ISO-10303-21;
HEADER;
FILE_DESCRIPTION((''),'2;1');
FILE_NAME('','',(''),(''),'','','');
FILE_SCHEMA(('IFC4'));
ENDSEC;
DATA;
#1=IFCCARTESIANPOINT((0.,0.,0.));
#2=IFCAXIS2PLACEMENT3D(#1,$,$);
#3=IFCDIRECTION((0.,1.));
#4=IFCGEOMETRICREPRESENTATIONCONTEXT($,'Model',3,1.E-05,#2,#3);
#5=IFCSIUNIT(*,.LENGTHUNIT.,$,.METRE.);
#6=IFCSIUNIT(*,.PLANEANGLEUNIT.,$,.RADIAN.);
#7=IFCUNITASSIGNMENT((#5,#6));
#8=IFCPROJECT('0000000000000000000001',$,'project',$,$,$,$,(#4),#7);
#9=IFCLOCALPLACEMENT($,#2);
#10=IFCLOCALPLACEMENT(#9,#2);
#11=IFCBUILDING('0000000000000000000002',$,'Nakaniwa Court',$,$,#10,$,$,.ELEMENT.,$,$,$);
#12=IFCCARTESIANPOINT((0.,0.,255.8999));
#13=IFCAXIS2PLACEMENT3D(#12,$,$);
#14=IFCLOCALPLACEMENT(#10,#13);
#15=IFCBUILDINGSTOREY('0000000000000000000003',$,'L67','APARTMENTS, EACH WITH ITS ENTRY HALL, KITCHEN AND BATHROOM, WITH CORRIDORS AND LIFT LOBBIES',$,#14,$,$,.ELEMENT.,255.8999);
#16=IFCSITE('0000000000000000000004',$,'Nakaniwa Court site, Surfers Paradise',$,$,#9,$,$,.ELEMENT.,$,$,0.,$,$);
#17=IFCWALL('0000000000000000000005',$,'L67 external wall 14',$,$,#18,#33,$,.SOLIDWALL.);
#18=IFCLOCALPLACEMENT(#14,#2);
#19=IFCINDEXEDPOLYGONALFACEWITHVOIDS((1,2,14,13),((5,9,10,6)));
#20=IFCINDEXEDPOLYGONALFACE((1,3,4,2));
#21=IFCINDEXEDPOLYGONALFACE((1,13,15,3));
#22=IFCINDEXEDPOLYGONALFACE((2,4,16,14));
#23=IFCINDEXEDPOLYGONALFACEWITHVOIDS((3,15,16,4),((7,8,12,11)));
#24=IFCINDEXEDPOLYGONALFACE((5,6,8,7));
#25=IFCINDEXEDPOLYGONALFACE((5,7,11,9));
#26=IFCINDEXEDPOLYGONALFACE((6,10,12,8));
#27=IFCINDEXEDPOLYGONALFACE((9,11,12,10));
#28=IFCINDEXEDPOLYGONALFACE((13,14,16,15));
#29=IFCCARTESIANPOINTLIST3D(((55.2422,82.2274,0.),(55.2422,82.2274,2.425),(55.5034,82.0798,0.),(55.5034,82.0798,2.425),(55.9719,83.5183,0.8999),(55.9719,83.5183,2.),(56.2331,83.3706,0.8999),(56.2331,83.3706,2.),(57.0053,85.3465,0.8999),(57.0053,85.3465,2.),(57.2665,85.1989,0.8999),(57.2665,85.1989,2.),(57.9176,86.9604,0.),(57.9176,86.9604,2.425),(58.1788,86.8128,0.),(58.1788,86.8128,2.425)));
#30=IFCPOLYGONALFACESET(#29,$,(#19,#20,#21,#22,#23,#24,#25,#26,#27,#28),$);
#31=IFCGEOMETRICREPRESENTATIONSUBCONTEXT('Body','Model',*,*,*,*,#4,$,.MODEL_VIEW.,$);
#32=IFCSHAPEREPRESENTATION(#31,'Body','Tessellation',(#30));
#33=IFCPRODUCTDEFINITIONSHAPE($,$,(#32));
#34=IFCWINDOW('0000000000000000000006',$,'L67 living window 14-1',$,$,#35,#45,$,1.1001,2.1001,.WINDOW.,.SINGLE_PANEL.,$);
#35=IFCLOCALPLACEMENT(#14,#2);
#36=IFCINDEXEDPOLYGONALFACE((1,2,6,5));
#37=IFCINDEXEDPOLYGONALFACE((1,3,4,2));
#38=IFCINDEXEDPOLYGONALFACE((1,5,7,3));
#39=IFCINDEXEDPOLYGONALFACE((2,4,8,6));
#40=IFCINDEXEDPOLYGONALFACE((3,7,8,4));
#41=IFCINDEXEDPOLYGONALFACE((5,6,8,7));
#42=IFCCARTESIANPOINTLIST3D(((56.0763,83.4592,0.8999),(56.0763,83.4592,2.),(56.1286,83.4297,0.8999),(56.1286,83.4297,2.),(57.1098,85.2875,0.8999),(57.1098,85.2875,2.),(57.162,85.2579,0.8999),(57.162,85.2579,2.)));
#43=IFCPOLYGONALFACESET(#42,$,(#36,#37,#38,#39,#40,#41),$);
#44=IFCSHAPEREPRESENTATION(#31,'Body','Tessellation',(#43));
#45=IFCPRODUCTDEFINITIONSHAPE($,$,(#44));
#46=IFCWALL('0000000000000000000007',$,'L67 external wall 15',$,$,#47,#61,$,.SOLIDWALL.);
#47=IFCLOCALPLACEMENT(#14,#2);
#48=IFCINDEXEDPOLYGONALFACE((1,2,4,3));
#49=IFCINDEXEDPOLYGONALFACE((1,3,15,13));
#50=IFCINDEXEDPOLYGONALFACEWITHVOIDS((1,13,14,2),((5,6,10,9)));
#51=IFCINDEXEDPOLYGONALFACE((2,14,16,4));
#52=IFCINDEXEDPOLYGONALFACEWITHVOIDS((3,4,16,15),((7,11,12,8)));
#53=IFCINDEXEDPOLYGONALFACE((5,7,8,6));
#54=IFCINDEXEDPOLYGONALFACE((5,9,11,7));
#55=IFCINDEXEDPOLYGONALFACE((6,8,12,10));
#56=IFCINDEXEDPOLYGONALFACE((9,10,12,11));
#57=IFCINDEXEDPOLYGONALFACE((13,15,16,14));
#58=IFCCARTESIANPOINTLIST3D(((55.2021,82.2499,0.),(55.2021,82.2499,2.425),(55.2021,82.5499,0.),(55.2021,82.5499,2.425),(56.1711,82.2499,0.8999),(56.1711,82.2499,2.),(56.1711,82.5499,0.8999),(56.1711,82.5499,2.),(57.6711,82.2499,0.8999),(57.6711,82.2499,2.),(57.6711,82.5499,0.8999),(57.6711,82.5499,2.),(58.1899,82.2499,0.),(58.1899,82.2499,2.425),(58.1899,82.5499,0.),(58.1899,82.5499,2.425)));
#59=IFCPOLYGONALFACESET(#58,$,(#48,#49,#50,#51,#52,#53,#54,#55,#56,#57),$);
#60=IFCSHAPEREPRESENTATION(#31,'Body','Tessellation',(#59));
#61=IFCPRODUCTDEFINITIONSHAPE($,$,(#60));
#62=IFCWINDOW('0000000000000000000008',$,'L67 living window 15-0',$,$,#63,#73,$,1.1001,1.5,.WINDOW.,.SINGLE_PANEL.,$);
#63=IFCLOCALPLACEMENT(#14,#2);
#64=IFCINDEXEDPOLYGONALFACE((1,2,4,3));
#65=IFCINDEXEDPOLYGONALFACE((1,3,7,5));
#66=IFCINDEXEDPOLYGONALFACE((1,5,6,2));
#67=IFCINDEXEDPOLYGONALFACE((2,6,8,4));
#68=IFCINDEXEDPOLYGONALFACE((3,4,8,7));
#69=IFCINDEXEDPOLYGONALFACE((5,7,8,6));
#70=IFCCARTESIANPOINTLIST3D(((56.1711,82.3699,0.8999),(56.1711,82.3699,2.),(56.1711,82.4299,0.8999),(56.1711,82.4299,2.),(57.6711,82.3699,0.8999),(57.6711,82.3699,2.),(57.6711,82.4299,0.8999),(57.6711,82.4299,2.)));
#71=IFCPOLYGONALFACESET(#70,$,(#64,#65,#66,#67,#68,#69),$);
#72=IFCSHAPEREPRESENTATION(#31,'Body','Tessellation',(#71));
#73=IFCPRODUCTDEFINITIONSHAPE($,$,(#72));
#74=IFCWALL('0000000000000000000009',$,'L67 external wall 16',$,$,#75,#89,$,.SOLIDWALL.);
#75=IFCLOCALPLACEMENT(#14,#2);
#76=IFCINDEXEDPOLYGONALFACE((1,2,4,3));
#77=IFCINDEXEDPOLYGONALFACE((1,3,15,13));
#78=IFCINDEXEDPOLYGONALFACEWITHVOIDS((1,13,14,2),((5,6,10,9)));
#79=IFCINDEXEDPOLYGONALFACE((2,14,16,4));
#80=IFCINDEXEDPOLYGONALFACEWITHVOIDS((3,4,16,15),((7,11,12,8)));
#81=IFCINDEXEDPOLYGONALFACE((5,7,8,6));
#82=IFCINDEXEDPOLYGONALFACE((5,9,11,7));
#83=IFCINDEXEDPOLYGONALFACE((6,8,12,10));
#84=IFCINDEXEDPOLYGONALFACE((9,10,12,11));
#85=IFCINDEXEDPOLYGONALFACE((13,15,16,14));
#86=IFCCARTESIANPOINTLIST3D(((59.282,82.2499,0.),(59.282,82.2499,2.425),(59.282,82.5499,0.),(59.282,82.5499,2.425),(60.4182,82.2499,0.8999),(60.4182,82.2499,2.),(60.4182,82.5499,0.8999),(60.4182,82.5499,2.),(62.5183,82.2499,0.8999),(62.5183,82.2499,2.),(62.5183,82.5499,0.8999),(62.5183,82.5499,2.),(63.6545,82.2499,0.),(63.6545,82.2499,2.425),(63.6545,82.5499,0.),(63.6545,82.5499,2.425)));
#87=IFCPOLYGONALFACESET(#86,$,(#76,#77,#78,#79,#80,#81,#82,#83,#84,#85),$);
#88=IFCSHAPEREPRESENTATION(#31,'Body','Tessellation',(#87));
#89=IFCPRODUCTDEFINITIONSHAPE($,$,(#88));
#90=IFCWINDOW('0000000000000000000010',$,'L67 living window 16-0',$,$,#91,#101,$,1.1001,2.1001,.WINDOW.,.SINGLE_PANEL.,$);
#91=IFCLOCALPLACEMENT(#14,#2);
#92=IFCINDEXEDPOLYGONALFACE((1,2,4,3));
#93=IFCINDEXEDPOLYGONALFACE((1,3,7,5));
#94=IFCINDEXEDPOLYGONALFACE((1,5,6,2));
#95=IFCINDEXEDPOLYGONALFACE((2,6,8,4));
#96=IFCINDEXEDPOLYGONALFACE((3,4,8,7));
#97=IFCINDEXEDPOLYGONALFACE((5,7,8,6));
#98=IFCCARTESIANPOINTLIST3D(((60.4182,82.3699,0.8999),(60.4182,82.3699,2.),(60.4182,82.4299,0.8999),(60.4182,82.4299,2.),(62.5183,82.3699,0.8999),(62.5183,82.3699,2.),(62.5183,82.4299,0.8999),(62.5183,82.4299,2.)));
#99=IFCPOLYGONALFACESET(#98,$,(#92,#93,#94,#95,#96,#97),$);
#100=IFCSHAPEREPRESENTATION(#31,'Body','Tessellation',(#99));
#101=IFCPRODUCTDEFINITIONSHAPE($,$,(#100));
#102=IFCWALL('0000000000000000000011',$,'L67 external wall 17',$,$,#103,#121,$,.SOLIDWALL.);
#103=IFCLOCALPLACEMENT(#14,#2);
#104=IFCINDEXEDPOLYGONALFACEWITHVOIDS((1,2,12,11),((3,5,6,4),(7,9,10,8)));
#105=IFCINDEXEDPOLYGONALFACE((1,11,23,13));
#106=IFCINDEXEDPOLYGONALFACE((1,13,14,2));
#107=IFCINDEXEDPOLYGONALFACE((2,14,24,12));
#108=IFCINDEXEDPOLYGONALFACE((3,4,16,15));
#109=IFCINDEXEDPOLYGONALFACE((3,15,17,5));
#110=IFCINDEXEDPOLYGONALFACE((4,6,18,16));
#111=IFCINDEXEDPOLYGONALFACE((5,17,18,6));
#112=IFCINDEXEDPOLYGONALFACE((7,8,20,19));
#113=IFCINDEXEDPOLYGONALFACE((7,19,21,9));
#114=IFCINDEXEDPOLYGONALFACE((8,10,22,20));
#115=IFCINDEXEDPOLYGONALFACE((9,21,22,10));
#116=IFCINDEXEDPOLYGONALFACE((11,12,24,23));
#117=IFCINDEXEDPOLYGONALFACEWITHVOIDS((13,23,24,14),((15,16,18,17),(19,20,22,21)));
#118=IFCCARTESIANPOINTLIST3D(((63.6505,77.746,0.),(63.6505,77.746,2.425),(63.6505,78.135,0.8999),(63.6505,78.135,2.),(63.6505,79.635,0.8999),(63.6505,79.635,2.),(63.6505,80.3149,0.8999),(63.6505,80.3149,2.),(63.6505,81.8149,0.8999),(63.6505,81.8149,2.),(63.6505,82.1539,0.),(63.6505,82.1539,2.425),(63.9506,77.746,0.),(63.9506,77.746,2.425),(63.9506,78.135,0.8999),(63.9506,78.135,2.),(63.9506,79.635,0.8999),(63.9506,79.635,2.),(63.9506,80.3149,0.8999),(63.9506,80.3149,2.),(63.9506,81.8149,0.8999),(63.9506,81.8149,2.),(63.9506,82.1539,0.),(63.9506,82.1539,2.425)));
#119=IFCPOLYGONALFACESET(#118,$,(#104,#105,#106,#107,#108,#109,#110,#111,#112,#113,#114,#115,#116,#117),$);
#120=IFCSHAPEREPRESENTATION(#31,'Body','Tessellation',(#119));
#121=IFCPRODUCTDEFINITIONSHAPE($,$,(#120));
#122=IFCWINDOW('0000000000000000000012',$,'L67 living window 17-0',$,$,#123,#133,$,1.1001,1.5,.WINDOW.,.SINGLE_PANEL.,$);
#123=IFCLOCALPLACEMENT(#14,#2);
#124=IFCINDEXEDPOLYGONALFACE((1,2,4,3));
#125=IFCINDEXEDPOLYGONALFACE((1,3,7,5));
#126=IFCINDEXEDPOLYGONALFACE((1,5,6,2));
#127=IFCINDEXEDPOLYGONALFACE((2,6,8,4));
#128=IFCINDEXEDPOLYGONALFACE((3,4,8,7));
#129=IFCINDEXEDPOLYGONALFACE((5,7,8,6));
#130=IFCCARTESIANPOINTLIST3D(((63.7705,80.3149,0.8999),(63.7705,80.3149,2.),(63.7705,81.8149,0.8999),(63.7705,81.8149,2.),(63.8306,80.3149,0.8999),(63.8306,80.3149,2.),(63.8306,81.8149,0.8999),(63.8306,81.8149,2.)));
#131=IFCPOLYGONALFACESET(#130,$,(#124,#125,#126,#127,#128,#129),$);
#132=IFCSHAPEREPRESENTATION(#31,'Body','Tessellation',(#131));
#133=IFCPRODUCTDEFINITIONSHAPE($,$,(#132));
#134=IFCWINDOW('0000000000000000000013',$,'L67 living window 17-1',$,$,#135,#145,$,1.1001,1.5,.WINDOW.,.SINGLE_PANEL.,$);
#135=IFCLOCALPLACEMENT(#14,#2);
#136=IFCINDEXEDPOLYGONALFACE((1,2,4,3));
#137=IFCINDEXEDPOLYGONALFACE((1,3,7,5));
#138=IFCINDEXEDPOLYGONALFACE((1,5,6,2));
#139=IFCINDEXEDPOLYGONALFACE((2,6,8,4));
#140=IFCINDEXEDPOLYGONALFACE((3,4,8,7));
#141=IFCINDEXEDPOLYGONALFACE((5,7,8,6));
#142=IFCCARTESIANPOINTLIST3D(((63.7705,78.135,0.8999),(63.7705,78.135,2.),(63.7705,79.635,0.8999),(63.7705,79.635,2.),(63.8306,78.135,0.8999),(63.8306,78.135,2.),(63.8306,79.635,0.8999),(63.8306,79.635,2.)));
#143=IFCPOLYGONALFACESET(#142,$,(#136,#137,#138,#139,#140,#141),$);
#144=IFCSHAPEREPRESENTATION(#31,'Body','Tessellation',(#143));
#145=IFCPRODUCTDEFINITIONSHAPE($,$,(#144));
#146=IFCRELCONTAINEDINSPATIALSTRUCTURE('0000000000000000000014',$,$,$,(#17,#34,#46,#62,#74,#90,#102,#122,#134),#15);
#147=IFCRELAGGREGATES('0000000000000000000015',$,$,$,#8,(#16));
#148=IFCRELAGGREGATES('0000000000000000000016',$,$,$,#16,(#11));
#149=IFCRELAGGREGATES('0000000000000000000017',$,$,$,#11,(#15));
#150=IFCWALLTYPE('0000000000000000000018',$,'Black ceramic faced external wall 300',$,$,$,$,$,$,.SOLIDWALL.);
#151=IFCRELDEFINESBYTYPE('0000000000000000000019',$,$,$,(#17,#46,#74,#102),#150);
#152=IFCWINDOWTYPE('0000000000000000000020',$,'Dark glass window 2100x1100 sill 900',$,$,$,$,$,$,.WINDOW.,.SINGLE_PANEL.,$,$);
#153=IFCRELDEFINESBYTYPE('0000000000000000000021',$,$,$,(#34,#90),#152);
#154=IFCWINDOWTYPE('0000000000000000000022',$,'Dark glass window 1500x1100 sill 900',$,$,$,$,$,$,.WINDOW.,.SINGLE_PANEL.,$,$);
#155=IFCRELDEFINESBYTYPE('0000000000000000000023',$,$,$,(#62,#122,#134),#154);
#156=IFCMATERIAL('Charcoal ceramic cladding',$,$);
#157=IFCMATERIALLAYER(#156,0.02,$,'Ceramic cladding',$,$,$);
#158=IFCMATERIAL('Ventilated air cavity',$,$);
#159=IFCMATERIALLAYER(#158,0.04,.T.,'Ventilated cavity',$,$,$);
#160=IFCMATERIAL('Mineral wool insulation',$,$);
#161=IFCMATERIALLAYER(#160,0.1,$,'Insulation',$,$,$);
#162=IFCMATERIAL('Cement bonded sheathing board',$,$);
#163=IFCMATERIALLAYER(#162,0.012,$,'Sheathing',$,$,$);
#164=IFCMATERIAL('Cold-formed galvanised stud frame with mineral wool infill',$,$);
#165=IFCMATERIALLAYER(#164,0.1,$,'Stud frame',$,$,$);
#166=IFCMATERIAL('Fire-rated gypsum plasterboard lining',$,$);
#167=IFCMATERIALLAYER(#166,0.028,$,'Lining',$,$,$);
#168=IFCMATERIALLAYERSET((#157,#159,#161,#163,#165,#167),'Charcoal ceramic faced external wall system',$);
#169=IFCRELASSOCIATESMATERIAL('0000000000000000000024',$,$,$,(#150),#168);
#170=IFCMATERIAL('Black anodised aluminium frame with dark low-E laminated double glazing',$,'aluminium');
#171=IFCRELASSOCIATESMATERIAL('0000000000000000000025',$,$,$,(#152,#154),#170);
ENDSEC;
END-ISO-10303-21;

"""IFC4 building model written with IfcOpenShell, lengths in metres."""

from ifc_helpers import new_model, si_unit, direction, frame, frame_2d, origin, place, context, subcontext, project, spatial, rectangle, extrude, material, layer, layer_set, type_object, element, fill, save


model = new_model("IFC4")

# Units and contexts
model_context = context("Model", 3, precision=1e-05, world=origin(), true_north=direction((0.0, 1.0)))
body_context = subcontext(model_context, "Body", "Model", "MODEL_VIEW")
ifc_project = project(units=[si_unit("LENGTHUNIT", "METRE"), si_unit("PLANEANGLEUNIT", "RADIAN")], contexts=[model_context])

# Site, building, storey
site_placement = place(None, origin())
site = spatial("IfcSite", under=ifc_project, at=site_placement, Name="Nakaniwa Court site, Surfers Paradise", CompositionType="ELEMENT", RefElevation=0.0)
building_placement = place(site_placement, origin())
building = spatial("IfcBuilding", under=site, at=building_placement, Name="Nakaniwa Court", CompositionType="ELEMENT")
storey_placement = place(building_placement, frame((0.0, 0.0, 255.8999)))
storey = spatial("IfcBuildingStorey", under=building, at=storey_placement, Name="L67", Description="APARTMENTS, EACH WITH ITS ENTRY HALL, KITCHEN AND BATHROOM, WITH CORRIDORS AND LIFT LOBBIES", CompositionType="ELEMENT", Elevation=255.8999)

# Walls, openings, windows
ifc_material_1 = material(Name="Charcoal ceramic cladding")
ifc_layer_1 = layer(ifc_material_1, 0.02, Name="Ceramic cladding")
ifc_material_2 = material(Name="Ventilated air cavity")
ifc_layer_2 = layer(ifc_material_2, 0.04, ventilated=True, Name="Ventilated cavity")
ifc_material_3 = material(Name="Mineral wool insulation")
ifc_layer_3 = layer(ifc_material_3, 0.1, Name="Insulation")
ifc_material_4 = material(Name="Cement bonded sheathing board")
ifc_layer_4 = layer(ifc_material_4, 0.012, Name="Sheathing")
ifc_material_5 = material(Name="Cold-formed galvanised stud frame with mineral wool infill")
ifc_layer_5 = layer(ifc_material_5, 0.1, Name="Stud frame")
ifc_material_6 = material(Name="Fire-rated gypsum plasterboard lining")
ifc_layer_6 = layer(ifc_material_6, 0.028, Name="Lining")
ifc_layer_set_1 = layer_set([ifc_layer_1, ifc_layer_2, ifc_layer_3, ifc_layer_4, ifc_layer_5, ifc_layer_6], Name="Charcoal ceramic faced external wall system")
wall_type_1 = type_object("IfcWallType", Name="Black ceramic faced external wall 300", PredefinedType="SOLIDWALL", material=ifc_layer_set_1)
wall_1_placement = place(storey_placement, frame((58.0481, 86.8865, 0.0), z_axis=(0.0, 0.0, 1.0), x_axis=(-0.492081, -0.870549, 0.0)))
wall_1 = element("IfcWall", 1, at=wall_1_placement, inside=storey, type_object=wall_type_1, Name="L67 external wall 14", PredefinedType="SOLIDWALL", context=body_context, shape_type="SweptSolid", body=[
    extrude(rectangle(XDim=5.4368, YDim=0.3, at=frame_2d((2.7183, 0.0))), origin(), (0.0, 0.0, 1.0), 2.425),
])
opening_1_placement = place(wall_1_placement, frame((1.8538, 0.0, 0.8999)))
opening_1 = element("IfcOpeningElement", 2, at=opening_1_placement, cuts=wall_1, PredefinedType="OPENING", context=body_context, shape_type="SweptSolid", body=[
    extrude(rectangle(XDim=2.1001, YDim=1.1001, at=frame_2d((1.05, 0.55))), frame((0.0, 0.1599, 0.0), z_axis=(0.0, -1.0, 0.0), x_axis=(1.0, 0.0, 0.0)), (0.0, 0.0, 1.0), 0.3201),
])
ifc_material_7 = material(Name="Black anodised aluminium frame with dark low-E laminated double glazing", Category="aluminium")
window_type_1 = type_object("IfcWindowType", Name="Dark glass window 2100x1100 sill 900", PartitioningType="SINGLE_PANEL", PredefinedType="WINDOW", material=ifc_material_7)
window_1_placement = place(opening_1_placement, origin())
window_1 = element("IfcWindow", 3, at=window_1_placement, inside=storey, type_object=window_type_1, Name="L67 living window 14-1", OverallHeight=1.1001, OverallWidth=2.1001, PartitioningType="SINGLE_PANEL", PredefinedType="WINDOW", context=body_context, shape_type="SweptSolid", body=[
    extrude(rectangle(XDim=2.1001, YDim=1.1001, at=frame_2d((1.05, 0.55))), frame((0.0, 0.03, 0.0), z_axis=(0.0, -1.0, 0.0), x_axis=(1.0, 0.0, 0.0)), (0.0, 0.0, 1.0), 0.0601),
])
fill(opening_1, window_1)
wall_2_placement = place(storey_placement, frame((55.2021, 82.3999, 0.0), z_axis=(0.0, 0.0, 1.0), x_axis=(1.0, 0.0, 0.0)))
wall_2 = element("IfcWall", 4, at=wall_2_placement, inside=storey, type_object=wall_type_1, Name="L67 external wall 15", PredefinedType="SOLIDWALL", context=body_context, shape_type="SweptSolid", body=[
    extrude(rectangle(XDim=2.9878, YDim=0.3, at=frame_2d((1.4939, 0.0))), origin(), (0.0, 0.0, 1.0), 2.425),
])
opening_2_placement = place(wall_2_placement, frame((0.969, 0.0, 0.8999)))
opening_2 = element("IfcOpeningElement", 5, at=opening_2_placement, cuts=wall_2, PredefinedType="OPENING", context=body_context, shape_type="SweptSolid", body=[
    extrude(rectangle(XDim=1.5, YDim=1.1001, at=frame_2d((0.75, 0.55))), frame((0.0, 0.1599, 0.0), z_axis=(0.0, -1.0, 0.0), x_axis=(1.0, 0.0, 0.0)), (0.0, 0.0, 1.0), 0.3201),
])
window_type_2 = type_object("IfcWindowType", Name="Dark glass window 1500x1100 sill 900", PartitioningType="SINGLE_PANEL", PredefinedType="WINDOW", material=ifc_material_7)
window_2_placement = place(opening_2_placement, origin())
window_2 = element("IfcWindow", 6, at=window_2_placement, inside=storey, type_object=window_type_2, Name="L67 living window 15-0", OverallHeight=1.1001, OverallWidth=1.5, PartitioningType="SINGLE_PANEL", PredefinedType="WINDOW", context=body_context, shape_type="SweptSolid", body=[
    extrude(rectangle(XDim=1.5, YDim=1.1001, at=frame_2d((0.75, 0.55))), frame((0.0, 0.03, 0.0), z_axis=(0.0, -1.0, 0.0), x_axis=(1.0, 0.0, 0.0)), (0.0, 0.0, 1.0), 0.0601),
])
fill(opening_2, window_2)
wall_3_placement = place(storey_placement, frame((59.282, 82.3999, 0.0), z_axis=(0.0, 0.0, 1.0), x_axis=(1.0, 0.0, 0.0)))
wall_3 = element("IfcWall", 7, at=wall_3_placement, inside=storey, type_object=wall_type_1, Name="L67 external wall 16", PredefinedType="SOLIDWALL", context=body_context, shape_type="SweptSolid", body=[
    extrude(rectangle(XDim=4.3726, YDim=0.3, at=frame_2d((2.1863, 0.0))), origin(), (0.0, 0.0, 1.0), 2.425),
])
opening_3_placement = place(wall_3_placement, frame((1.1362, 0.0, 0.8999)))
opening_3 = element("IfcOpeningElement", 8, at=opening_3_placement, cuts=wall_3, PredefinedType="OPENING", context=body_context, shape_type="SweptSolid", body=[
    extrude(rectangle(XDim=2.1001, YDim=1.1001, at=frame_2d((1.05, 0.55))), frame((0.0, 0.1599, 0.0), z_axis=(0.0, -1.0, 0.0), x_axis=(1.0, 0.0, 0.0)), (0.0, 0.0, 1.0), 0.3201),
])
window_3_placement = place(opening_3_placement, origin())
window_3 = element("IfcWindow", 9, at=window_3_placement, inside=storey, type_object=window_type_1, Name="L67 living window 16-0", OverallHeight=1.1001, OverallWidth=2.1001, PartitioningType="SINGLE_PANEL", PredefinedType="WINDOW", context=body_context, shape_type="SweptSolid", body=[
    extrude(rectangle(XDim=2.1001, YDim=1.1001, at=frame_2d((1.05, 0.55))), frame((0.0, 0.03, 0.0), z_axis=(0.0, -1.0, 0.0), x_axis=(1.0, 0.0, 0.0)), (0.0, 0.0, 1.0), 0.0601),
])
fill(opening_3, window_3)

# Wall, openings, windows
wall_4_placement = place(storey_placement, frame((63.8005, 82.1541, 0.0), z_axis=(0.0, 0.0, 1.0), x_axis=(0.0, -1.0, 0.0)))
wall_4 = element("IfcWall", 10, at=wall_4_placement, inside=storey, type_object=wall_type_1, Name="L67 external wall 17", PredefinedType="SOLIDWALL", context=body_context, shape_type="SweptSolid", body=[
    extrude(rectangle(XDim=4.408, YDim=0.3, at=frame_2d((2.2041, 0.0))), origin(), (0.0, 0.0, 1.0), 2.425),
])
opening_4_placement = place(wall_4_placement, frame((0.3391, 0.0, 0.8999)))
opening_4 = element("IfcOpeningElement", 11, at=opening_4_placement, cuts=wall_4, PredefinedType="OPENING", context=body_context, shape_type="SweptSolid", body=[
    extrude(rectangle(XDim=1.5, YDim=1.1001, at=frame_2d((0.75, 0.55))), frame((0.0, 0.1599, 0.0), z_axis=(0.0, -1.0, 0.0), x_axis=(1.0, 0.0, 0.0)), (0.0, 0.0, 1.0), 0.3201),
])
opening_5_placement = place(wall_4_placement, frame((2.519, 0.0, 0.8999)))
opening_5 = element("IfcOpeningElement", 12, at=opening_5_placement, cuts=wall_4, PredefinedType="OPENING", context=body_context, shape_type="SweptSolid", body=[
    extrude(rectangle(XDim=1.5, YDim=1.1001, at=frame_2d((0.75, 0.55))), frame((0.0, 0.1599, 0.0), z_axis=(0.0, -1.0, 0.0), x_axis=(1.0, 0.0, 0.0)), (0.0, 0.0, 1.0), 0.3201),
])
window_4_placement = place(opening_4_placement, origin())
window_4 = element("IfcWindow", 13, at=window_4_placement, inside=storey, type_object=window_type_2, Name="L67 living window 17-0", OverallHeight=1.1001, OverallWidth=1.5, PartitioningType="SINGLE_PANEL", PredefinedType="WINDOW", context=body_context, shape_type="SweptSolid", body=[
    extrude(rectangle(XDim=1.5, YDim=1.1001, at=frame_2d((0.75, 0.55))), frame((0.0, 0.03, 0.0), z_axis=(0.0, -1.0, 0.0), x_axis=(1.0, 0.0, 0.0)), (0.0, 0.0, 1.0), 0.0601),
])
fill(opening_4, window_4)
window_5_placement = place(opening_5_placement, origin())
window_5 = element("IfcWindow", 14, at=window_5_placement, inside=storey, type_object=window_type_2, Name="L67 living window 17-1", OverallHeight=1.1001, OverallWidth=1.5, PartitioningType="SINGLE_PANEL", PredefinedType="WINDOW", context=body_context, shape_type="SweptSolid", body=[
    extrude(rectangle(XDim=1.5, YDim=1.1001, at=frame_2d((0.75, 0.55))), frame((0.0, 0.03, 0.0), z_axis=(0.0, -1.0, 0.0), x_axis=(1.0, 0.0, 0.0)), (0.0, 0.0, 1.0), 0.0601),
])
fill(opening_5, window_5)

save(model, "model.ifc")
